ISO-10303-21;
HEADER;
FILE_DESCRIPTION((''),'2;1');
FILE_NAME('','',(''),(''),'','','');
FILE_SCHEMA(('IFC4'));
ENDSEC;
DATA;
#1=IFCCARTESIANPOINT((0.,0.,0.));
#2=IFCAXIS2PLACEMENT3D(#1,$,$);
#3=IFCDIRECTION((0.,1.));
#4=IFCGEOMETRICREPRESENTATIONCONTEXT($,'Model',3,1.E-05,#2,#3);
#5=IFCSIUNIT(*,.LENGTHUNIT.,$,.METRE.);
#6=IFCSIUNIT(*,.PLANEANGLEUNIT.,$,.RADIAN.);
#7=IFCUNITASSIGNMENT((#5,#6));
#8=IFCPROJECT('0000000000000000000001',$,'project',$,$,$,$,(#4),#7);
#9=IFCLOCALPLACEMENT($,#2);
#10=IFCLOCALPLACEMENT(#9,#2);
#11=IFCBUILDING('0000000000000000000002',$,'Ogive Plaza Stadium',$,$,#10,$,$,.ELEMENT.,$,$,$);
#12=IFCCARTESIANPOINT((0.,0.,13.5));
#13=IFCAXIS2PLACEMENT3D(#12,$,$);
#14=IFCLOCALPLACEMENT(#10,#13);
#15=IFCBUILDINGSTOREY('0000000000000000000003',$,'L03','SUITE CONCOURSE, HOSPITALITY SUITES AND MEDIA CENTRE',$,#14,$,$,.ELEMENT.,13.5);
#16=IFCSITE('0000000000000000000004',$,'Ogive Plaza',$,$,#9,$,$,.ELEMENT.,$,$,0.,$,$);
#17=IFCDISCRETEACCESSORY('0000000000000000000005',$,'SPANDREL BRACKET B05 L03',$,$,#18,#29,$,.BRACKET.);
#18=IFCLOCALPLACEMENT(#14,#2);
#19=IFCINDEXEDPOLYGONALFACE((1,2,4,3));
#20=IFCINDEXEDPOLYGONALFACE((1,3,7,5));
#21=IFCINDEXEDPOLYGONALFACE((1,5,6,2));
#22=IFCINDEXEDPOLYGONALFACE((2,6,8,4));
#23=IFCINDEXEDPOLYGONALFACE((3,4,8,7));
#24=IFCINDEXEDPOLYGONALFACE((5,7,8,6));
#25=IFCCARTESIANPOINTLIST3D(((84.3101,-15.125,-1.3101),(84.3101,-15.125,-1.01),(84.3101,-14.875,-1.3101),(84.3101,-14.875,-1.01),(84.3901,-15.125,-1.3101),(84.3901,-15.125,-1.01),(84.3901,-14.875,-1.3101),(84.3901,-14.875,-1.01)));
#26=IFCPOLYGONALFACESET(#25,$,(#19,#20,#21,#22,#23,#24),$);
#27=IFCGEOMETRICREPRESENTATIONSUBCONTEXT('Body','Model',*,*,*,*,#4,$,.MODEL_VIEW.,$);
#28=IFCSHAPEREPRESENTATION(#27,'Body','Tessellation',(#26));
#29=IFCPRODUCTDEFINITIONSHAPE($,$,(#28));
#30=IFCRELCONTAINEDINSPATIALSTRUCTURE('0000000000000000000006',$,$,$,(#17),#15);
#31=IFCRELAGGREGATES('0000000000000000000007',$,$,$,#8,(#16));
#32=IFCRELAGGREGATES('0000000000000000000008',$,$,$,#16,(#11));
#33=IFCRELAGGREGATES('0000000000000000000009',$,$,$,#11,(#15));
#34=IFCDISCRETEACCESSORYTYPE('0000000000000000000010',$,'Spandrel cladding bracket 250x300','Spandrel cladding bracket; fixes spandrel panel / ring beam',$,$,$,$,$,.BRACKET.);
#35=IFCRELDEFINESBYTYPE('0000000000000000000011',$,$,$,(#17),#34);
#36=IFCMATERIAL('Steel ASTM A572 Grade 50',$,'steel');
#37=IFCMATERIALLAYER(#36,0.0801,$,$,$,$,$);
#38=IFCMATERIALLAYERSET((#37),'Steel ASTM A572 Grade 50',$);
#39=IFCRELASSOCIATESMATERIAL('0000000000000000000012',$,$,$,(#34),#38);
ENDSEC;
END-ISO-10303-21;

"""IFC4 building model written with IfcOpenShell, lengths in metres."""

from ifc_helpers import new_model, si_unit, direction, frame, origin, origin_2d, place, context, subcontext, project, spatial, rectangle, extrude, material, layer, layer_set, type_object, element, save


model = new_model("IFC4")

# Units and contexts
model_context = context("Model", 3, precision=1e-05, world=origin(), true_north=direction((0.0, 1.0)))
body_context = subcontext(model_context, "Body", "Model", "MODEL_VIEW")
ifc_project = project(units=[si_unit("LENGTHUNIT", "METRE"), si_unit("PLANEANGLEUNIT", "RADIAN")], contexts=[model_context])

# Site, building, storey
site_placement = place(None, origin())
site = spatial("IfcSite", under=ifc_project, at=site_placement, Name="Ogive Plaza", CompositionType="ELEMENT", RefElevation=0.0)
building_placement = place(site_placement, origin())
building = spatial("IfcBuilding", under=site, at=building_placement, Name="Ogive Plaza Stadium", CompositionType="ELEMENT")
storey_placement = place(building_placement, frame((0.0, 0.0, 13.5)))
storey = spatial("IfcBuildingStorey", under=building, at=storey_placement, Name="L03", Description="SUITE CONCOURSE, HOSPITALITY SUITES AND MEDIA CENTRE", CompositionType="ELEMENT", Elevation=13.5)

# Discrete accessory
ifc_material_1 = material(Name="Steel ASTM A572 Grade 50", Category="steel")
ifc_layer_1 = layer(ifc_material_1, 0.0801)
ifc_layer_set_1 = layer_set([ifc_layer_1], Name="Steel ASTM A572 Grade 50")
discrete_accessory_type = type_object("IfcDiscreteAccessoryType", Name="Spandrel cladding bracket 250x300", Description="Spandrel cladding bracket; fixes spandrel panel / ring beam", PredefinedType="BRACKET", material=ifc_layer_set_1)
discrete_accessory_placement = place(storey_placement, frame((84.3501, -15.0, -1.3101), z_axis=(0.0, 0.0, 1.0), x_axis=(0.0, -1.0, 0.0)))
element("IfcDiscreteAccessory", 1, at=discrete_accessory_placement, inside=storey, type_object=discrete_accessory_type, Name="SPANDREL BRACKET B05 L03", PredefinedType="BRACKET", context=body_context, shape_type="SweptSolid", body=[
    extrude(rectangle(XDim=0.25, YDim=0.0801, at=origin_2d()), origin(), (0.0, 0.0, 1.0), 0.3),
])

save(model, "model.ifc")
